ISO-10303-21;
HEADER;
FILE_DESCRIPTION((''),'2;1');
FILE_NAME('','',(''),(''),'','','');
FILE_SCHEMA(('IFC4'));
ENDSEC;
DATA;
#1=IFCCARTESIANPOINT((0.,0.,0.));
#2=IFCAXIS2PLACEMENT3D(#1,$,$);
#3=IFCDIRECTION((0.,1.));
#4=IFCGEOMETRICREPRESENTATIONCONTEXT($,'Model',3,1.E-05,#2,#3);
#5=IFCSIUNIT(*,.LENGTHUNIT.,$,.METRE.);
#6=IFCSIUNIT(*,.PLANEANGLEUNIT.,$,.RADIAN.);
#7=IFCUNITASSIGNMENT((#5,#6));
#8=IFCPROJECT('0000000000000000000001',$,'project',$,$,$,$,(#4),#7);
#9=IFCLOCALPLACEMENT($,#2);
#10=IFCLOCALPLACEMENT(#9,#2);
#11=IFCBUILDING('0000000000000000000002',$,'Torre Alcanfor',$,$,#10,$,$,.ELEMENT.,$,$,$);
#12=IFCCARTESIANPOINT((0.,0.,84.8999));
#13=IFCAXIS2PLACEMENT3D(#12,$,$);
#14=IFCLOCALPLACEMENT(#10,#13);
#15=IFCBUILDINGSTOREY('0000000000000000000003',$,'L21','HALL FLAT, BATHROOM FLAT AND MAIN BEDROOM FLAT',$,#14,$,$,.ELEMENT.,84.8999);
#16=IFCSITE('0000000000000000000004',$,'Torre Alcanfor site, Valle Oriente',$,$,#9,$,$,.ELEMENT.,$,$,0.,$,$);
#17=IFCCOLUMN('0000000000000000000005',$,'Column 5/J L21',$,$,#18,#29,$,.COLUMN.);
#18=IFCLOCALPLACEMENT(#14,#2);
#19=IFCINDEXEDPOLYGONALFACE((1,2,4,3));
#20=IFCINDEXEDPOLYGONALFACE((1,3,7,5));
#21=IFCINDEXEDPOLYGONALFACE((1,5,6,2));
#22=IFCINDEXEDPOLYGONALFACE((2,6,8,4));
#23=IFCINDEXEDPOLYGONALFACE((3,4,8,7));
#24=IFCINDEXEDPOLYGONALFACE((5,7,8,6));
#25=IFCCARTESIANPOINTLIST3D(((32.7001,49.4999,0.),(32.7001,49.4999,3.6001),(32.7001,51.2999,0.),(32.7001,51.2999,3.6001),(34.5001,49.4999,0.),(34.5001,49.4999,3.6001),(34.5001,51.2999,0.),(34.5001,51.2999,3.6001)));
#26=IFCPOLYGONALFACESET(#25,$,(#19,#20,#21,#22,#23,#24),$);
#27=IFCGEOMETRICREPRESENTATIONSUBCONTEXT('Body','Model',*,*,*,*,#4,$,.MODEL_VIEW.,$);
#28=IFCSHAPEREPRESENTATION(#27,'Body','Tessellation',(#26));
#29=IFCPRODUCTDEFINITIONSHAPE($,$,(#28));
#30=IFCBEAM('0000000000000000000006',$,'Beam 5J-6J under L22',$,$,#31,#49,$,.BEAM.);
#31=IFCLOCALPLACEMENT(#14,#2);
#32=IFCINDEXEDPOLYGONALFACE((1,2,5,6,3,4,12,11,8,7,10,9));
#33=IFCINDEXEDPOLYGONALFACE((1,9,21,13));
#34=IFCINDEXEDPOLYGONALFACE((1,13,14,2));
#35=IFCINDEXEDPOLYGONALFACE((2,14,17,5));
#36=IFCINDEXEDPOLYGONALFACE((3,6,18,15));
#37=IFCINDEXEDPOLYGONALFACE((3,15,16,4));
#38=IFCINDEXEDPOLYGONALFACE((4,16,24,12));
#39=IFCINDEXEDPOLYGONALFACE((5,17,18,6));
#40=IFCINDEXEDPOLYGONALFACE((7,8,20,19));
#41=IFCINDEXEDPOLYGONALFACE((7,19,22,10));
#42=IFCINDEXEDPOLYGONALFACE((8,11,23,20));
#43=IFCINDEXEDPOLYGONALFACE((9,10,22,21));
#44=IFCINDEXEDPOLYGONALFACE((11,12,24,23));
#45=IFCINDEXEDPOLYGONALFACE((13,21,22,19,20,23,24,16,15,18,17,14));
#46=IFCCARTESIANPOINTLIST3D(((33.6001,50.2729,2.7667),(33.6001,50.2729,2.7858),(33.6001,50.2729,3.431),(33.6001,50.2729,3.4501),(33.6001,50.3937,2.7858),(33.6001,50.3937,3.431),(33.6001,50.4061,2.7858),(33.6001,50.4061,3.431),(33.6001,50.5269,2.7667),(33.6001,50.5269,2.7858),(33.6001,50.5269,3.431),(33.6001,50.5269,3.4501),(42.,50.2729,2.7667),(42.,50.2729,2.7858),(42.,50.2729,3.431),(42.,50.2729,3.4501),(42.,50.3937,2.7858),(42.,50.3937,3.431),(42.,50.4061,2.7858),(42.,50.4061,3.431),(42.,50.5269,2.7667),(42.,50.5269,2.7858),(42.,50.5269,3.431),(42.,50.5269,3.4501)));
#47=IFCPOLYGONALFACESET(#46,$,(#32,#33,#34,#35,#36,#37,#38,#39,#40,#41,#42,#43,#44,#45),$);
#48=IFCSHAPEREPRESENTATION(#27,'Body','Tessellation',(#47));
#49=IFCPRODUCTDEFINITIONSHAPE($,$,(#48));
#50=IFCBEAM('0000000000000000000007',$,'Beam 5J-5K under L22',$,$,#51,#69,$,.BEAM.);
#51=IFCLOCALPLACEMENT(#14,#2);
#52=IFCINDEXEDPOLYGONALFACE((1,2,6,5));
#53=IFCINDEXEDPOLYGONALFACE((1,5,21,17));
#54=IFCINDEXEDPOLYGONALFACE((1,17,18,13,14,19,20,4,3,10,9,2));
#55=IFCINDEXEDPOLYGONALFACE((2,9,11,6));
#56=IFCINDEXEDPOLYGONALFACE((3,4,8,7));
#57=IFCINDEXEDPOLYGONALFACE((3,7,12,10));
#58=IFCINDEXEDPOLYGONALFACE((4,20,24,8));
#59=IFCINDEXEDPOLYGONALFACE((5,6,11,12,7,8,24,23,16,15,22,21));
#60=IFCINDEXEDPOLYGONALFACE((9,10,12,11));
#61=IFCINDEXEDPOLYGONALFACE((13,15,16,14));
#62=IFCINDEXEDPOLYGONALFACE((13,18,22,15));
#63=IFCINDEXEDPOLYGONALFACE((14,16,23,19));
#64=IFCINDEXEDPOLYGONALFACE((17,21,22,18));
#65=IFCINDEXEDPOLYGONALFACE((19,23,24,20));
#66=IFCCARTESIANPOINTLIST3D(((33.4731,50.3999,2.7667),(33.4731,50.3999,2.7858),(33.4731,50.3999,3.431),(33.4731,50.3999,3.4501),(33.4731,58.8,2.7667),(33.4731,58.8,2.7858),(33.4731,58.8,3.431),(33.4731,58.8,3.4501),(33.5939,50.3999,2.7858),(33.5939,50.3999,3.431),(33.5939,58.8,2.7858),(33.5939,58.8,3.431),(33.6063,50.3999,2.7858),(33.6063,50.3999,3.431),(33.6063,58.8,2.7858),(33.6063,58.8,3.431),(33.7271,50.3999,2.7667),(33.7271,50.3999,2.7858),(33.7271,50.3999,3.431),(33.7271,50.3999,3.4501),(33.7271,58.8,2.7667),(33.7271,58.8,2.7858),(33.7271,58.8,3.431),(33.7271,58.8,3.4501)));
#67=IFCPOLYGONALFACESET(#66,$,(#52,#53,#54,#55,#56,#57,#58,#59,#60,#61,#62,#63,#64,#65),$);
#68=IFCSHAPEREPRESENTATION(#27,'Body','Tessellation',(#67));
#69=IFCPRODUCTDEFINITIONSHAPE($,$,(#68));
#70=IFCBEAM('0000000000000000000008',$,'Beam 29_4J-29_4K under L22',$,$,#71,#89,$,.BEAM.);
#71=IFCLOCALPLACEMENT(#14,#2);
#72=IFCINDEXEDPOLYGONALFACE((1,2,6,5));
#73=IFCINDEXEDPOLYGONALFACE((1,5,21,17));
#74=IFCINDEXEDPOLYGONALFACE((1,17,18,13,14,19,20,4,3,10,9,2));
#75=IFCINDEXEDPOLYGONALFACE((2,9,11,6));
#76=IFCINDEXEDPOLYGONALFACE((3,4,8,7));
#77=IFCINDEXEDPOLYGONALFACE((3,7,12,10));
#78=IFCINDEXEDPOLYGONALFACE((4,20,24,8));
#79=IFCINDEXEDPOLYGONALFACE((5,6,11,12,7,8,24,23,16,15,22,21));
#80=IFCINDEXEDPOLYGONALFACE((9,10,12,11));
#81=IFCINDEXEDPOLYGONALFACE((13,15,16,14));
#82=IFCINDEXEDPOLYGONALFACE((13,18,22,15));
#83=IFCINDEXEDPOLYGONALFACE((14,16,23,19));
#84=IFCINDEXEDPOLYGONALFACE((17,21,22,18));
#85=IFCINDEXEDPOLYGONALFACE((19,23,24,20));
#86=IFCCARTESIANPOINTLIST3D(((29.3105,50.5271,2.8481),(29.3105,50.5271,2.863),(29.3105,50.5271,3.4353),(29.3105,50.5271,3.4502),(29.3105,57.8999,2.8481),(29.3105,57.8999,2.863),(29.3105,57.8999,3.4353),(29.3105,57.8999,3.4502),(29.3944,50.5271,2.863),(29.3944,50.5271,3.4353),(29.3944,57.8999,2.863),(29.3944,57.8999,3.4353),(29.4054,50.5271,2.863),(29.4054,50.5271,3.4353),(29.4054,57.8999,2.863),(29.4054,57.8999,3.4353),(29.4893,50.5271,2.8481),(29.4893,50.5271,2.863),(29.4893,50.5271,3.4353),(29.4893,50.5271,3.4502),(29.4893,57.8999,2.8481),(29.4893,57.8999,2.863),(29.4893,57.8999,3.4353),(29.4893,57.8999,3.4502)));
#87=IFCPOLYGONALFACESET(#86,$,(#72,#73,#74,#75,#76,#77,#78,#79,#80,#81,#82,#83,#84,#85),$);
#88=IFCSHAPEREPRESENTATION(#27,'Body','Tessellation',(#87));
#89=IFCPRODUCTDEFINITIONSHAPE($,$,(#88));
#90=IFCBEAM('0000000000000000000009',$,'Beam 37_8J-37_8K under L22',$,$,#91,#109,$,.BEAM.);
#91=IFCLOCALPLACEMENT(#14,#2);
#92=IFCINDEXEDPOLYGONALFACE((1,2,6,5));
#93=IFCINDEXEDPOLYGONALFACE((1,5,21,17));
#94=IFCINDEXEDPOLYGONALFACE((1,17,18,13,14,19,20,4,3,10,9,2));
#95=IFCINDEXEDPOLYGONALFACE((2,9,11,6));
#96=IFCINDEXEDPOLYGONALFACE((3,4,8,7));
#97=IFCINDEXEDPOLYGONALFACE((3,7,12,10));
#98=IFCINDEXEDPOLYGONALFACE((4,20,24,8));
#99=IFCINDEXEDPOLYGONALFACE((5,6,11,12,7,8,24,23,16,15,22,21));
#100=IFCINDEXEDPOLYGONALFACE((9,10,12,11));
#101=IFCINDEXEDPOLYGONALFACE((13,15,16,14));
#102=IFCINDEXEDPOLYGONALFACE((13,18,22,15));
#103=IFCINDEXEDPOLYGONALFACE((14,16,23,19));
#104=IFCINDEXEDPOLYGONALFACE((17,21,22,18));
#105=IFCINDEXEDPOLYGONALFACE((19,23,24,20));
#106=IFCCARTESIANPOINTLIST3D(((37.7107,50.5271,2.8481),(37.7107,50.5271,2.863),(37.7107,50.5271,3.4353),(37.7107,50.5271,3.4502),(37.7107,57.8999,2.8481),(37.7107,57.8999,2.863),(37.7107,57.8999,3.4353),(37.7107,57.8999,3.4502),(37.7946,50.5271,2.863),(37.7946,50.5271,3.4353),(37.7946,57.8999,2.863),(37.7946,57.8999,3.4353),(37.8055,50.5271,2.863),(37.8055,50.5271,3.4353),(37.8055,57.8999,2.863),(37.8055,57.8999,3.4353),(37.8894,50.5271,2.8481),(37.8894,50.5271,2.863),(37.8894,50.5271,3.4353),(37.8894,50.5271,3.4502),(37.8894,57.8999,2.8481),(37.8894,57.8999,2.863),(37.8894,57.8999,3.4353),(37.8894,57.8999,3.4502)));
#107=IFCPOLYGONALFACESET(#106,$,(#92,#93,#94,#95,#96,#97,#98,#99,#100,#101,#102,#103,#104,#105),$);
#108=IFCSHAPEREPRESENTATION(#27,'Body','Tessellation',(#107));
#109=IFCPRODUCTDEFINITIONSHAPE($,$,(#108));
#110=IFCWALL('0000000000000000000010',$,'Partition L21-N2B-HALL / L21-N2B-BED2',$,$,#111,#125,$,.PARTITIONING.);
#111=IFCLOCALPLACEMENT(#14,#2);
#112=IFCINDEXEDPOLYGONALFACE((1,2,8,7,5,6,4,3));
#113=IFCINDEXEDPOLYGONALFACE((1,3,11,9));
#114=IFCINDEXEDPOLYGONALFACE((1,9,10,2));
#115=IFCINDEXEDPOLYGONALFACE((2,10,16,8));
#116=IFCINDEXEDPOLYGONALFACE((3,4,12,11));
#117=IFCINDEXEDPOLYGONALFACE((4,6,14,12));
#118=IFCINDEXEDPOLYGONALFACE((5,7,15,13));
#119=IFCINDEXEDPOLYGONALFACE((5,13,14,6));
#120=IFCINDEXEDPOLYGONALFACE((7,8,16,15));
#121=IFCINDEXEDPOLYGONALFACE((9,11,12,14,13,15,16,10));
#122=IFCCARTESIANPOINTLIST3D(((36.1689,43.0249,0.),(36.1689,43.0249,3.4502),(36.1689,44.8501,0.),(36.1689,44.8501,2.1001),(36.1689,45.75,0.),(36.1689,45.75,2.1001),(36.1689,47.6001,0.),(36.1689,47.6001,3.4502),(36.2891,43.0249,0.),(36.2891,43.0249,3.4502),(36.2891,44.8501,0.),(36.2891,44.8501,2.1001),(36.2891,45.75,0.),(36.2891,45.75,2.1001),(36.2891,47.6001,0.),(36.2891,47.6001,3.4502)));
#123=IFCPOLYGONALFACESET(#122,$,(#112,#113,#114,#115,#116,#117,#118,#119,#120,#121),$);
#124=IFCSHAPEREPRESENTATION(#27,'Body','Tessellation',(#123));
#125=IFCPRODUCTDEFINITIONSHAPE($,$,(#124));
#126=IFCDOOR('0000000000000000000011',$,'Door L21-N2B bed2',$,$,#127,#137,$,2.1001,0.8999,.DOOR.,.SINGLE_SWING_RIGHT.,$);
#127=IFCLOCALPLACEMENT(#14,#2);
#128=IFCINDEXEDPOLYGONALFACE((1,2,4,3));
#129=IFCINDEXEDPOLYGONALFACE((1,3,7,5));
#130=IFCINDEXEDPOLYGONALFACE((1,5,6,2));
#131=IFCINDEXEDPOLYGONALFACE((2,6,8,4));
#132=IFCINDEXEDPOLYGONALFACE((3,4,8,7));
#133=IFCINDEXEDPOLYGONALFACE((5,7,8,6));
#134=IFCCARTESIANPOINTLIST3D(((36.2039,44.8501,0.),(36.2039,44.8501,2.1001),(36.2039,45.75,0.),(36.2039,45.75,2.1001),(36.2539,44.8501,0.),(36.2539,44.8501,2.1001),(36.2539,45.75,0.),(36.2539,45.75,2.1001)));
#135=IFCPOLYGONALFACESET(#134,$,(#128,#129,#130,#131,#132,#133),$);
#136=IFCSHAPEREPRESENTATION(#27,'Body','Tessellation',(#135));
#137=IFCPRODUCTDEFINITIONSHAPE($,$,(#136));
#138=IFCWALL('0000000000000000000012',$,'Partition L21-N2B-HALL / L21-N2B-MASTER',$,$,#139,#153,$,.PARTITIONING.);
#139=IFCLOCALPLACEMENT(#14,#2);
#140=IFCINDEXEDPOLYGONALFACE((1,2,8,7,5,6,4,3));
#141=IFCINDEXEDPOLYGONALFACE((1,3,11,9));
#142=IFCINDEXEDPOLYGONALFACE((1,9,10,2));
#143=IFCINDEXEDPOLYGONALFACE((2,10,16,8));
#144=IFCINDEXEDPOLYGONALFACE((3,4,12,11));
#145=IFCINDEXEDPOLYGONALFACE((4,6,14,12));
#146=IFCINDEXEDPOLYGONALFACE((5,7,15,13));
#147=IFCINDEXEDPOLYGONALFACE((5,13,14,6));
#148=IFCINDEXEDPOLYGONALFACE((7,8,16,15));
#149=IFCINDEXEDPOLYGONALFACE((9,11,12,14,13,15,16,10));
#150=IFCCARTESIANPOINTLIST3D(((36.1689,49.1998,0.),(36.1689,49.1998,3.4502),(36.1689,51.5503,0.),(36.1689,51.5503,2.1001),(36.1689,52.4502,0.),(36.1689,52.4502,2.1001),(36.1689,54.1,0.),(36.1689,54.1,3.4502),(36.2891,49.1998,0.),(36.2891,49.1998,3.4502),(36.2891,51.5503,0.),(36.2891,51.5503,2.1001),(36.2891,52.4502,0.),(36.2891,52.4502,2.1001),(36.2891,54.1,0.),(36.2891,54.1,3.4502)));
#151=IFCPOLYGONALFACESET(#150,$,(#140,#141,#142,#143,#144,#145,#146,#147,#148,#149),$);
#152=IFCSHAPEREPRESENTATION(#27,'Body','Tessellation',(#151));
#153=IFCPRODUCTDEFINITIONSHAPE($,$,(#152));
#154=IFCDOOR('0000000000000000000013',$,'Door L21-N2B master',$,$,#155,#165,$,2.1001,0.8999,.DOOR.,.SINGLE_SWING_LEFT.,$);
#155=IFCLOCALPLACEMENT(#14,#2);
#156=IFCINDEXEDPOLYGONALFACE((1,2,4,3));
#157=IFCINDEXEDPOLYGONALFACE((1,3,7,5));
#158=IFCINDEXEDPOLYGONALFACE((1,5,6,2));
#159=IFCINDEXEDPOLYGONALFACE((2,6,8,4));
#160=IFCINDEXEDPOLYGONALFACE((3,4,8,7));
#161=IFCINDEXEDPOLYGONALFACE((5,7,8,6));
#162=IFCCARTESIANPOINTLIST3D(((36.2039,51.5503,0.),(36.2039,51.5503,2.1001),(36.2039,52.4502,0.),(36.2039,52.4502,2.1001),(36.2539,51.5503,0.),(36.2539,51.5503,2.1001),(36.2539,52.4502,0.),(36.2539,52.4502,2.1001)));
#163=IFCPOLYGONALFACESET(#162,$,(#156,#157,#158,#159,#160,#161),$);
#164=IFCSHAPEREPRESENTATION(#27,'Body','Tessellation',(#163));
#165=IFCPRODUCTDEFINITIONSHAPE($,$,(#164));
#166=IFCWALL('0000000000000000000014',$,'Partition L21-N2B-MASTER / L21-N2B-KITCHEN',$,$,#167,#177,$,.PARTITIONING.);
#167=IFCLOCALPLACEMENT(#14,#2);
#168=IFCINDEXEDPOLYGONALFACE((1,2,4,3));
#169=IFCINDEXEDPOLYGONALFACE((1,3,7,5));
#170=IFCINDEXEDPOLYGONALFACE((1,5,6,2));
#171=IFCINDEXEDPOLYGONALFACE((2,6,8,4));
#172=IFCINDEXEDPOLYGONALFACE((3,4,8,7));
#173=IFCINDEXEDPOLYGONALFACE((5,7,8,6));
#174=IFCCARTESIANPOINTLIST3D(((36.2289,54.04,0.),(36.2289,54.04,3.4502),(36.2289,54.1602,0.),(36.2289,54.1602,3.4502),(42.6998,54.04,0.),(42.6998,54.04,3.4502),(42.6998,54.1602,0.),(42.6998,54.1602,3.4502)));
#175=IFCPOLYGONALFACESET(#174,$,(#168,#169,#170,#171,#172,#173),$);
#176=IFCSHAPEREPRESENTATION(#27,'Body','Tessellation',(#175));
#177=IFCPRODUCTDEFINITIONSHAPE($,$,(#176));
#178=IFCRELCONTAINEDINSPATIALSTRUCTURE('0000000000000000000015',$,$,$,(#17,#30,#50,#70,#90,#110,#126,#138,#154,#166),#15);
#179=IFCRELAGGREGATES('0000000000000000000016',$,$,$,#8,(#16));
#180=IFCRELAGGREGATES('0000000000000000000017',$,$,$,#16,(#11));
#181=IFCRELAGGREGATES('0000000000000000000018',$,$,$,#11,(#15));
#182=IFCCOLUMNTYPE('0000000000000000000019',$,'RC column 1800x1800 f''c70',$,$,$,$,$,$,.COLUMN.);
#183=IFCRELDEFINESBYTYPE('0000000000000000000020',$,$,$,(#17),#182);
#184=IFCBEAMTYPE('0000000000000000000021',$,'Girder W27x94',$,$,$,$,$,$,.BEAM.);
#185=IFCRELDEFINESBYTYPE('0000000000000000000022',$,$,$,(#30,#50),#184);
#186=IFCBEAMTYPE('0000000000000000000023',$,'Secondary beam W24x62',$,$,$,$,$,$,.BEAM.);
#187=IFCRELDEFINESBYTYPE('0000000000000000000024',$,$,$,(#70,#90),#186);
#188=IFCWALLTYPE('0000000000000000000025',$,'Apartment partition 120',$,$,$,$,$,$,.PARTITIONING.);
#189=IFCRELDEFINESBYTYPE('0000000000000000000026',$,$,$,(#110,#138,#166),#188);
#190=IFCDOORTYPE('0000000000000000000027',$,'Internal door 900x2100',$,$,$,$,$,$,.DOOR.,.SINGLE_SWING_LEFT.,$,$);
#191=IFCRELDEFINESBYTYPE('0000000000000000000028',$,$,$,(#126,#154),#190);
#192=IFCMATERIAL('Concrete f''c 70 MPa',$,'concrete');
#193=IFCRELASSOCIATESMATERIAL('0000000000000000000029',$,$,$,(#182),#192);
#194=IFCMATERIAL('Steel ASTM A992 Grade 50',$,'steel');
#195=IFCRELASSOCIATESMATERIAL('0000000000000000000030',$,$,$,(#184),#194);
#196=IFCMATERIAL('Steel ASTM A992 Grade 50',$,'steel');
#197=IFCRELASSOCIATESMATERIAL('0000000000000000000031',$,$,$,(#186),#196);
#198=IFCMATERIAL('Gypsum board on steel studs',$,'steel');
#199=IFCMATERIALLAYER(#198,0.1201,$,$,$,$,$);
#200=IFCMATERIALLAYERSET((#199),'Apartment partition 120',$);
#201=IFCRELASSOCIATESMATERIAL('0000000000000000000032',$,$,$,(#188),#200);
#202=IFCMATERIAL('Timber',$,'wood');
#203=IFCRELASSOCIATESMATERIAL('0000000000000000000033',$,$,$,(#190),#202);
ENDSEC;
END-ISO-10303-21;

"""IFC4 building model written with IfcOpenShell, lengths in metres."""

from ifc_helpers import new_model, si_unit, direction, frame, frame_2d, origin, origin_2d, place, context, subcontext, project, spatial, rectangle, i_section, extrude, material, layer, layer_set, material_profile, profile_set, type_object, element, fill, save


model = new_model("IFC4")

# Units and contexts
model_context = context("Model", 3, precision=1e-05, world=origin(), true_north=direction((0.0, 1.0)))
body_context = subcontext(model_context, "Body", "Model", "MODEL_VIEW")
ifc_project = project(units=[si_unit("LENGTHUNIT", "METRE"), si_unit("PLANEANGLEUNIT", "RADIAN")], contexts=[model_context])

# Site, building, storey
site_placement = place(None, origin())
site = spatial("IfcSite", under=ifc_project, at=site_placement, Name="Torre Alcanfor site, Valle Oriente", CompositionType="ELEMENT", RefElevation=0.0)
building_placement = place(site_placement, origin())
building = spatial("IfcBuilding", under=site, at=building_placement, Name="Torre Alcanfor", CompositionType="ELEMENT")
storey_placement = place(building_placement, frame((0.0, 0.0, 84.8999)))
storey = spatial("IfcBuildingStorey", under=building, at=storey_placement, Name="L21", Description="HALL FLAT, BATHROOM FLAT AND MAIN BEDROOM FLAT", CompositionType="ELEMENT", Elevation=84.8999)

# Column
ifc_material_1 = material(Name="Concrete f'c 70 MPa", Category="concrete")
ifc_material_profile_1 = material_profile(ifc_material_1, rectangle(XDim=1.8, YDim=1.8, at=origin_2d()), Name="1800x1800")
ifc_profile_set_1 = profile_set([ifc_material_profile_1], Name="Concrete f'c 70 MPa")
column_type = type_object("IfcColumnType", Name="RC column 1800x1800 f'c70", PredefinedType="COLUMN", material=ifc_profile_set_1)
column_placement = place(storey_placement, frame((33.6001, 50.3999, 0.0), z_axis=(0.0, 0.0, 1.0), x_axis=(1.0, 0.0, 0.0)))
element("IfcColumn", 1, at=column_placement, inside=storey, type_object=column_type, Name="Column 5/J L21", PredefinedType="COLUMN", context=body_context, shape_type="SweptSolid", body=[
    extrude(rectangle(XDim=1.8, YDim=1.8, at=origin_2d()), origin(), (0.0, 0.0, 1.0), 3.6001),
])

# Beams
ifc_material_2 = material(Name="Steel ASTM A992 Grade 50", Category="steel")
ifc_material_profile_2 = material_profile(ifc_material_2, i_section(OverallWidth=0.2539, OverallDepth=0.6833, WebThickness=0.0125, FlangeThickness=0.019, at=origin_2d()), Name="W27x94")
ifc_profile_set_2 = profile_set([ifc_material_profile_2], Name="Steel ASTM A992 Grade 50")
beam_type_1 = type_object("IfcBeamType", Name="Girder W27x94", PredefinedType="BEAM", material=ifc_profile_set_2)
beam_1_placement = place(storey_placement, frame((33.6001, 50.3999, 3.1084), z_axis=(1.0, 0.0, 0.0), x_axis=(0.0, 1.0, 0.0)))
element("IfcBeam", 2, at=beam_1_placement, inside=storey, type_object=beam_type_1, Name="Beam 5J-6J under L22", PredefinedType="BEAM", context=body_context, shape_type="SweptSolid", body=[
    extrude(i_section(OverallWidth=0.2539, OverallDepth=0.6833, WebThickness=0.0125, FlangeThickness=0.019, at=origin_2d()), origin(), (0.0, 0.0, 1.0), 8.3999),
])
beam_2_placement = place(storey_placement, frame((33.6001, 50.3999, 3.1084), z_axis=(0.0, 1.0, 0.0), x_axis=(-1.0, 0.0, 0.0)))
element("IfcBeam", 3, at=beam_2_placement, inside=storey, type_object=beam_type_1, Name="Beam 5J-5K under L22", PredefinedType="BEAM", context=body_context, shape_type="SweptSolid", body=[
    extrude(i_section(OverallWidth=0.2539, OverallDepth=0.6833, WebThickness=0.0125, FlangeThickness=0.019, at=origin_2d()), origin(), (0.0, 0.0, 1.0), 8.4001),
])
ifc_material_3 = material(Name="Steel ASTM A992 Grade 50", Category="steel")
ifc_material_profile_3 = material_profile(ifc_material_3, i_section(OverallWidth=0.1787, OverallDepth=0.6021, WebThickness=0.011, FlangeThickness=0.0149, at=origin_2d()), Name="W24x62")
ifc_profile_set_3 = profile_set([ifc_material_profile_3], Name="Steel ASTM A992 Grade 50")
beam_type_2 = type_object("IfcBeamType", Name="Secondary beam W24x62", PredefinedType="BEAM", material=ifc_profile_set_3)
for number, where, z_axis, x_axis, name in (
    (4, (29.3999, 50.5271, 3.1492), (0.0, 1.0, 0.0), (-1.0, 0.0, 0.0), "Beam 29_4J-29_4K under L22"),
    (5, (37.8, 50.5271, 3.1492), (0.0, 1.0, 0.0), (-1.0, 0.0, 0.0), "Beam 37_8J-37_8K under L22"),
):
    element("IfcBeam", number, at=place(storey_placement, frame(where, z_axis=z_axis, x_axis=x_axis)), inside=storey, type_object=beam_type_2, Name=name, PredefinedType="BEAM", context=body_context, shape_type="SweptSolid", body=[
        extrude(i_section(OverallWidth=0.1787, OverallDepth=0.6021, WebThickness=0.011, FlangeThickness=0.0149, at=origin_2d()), origin(), (0.0, 0.0, 1.0), 7.3728),
    ])

# Walls, openings, doors
ifc_material_4 = material(Name="Gypsum board on steel studs", Category="steel")
ifc_layer_1 = layer(ifc_material_4, 0.1201)
ifc_layer_set_1 = layer_set([ifc_layer_1], Name="Apartment partition 120")
wall_type_1 = type_object("IfcWallType", Name="Apartment partition 120", PredefinedType="PARTITIONING", material=ifc_layer_set_1)
wall_1_placement = place(storey_placement, frame((36.229, 47.6001, 0.0), z_axis=(0.0, 0.0, 1.0), x_axis=(0.0, -1.0, 0.0)))
wall_1 = element("IfcWall", 6, at=wall_1_placement, inside=storey, type_object=wall_type_1, Name="Partition L21-N2B-HALL / L21-N2B-BED2", PredefinedType="PARTITIONING", context=body_context, shape_type="SweptSolid", body=[
    extrude(rectangle(XDim=4.5752, YDim=0.1201, at=frame_2d((2.2876, 0.0))), origin(), (0.0, 0.0, 1.0), 3.4502),
])
opening_1_placement = place(wall_1_placement, frame((1.8501, 0.0, 0.0)))
opening_1 = element("IfcOpeningElement", 7, at=opening_1_placement, cuts=wall_1, PredefinedType="OPENING", context=body_context, shape_type="SweptSolid", body=[
    extrude(rectangle(XDim=0.8999, YDim=2.1001, at=frame_2d((0.45, 1.05))), frame((0.0, 0.0701, 0.0), z_axis=(0.0, -1.0, 0.0), x_axis=(1.0, 0.0, 0.0)), (0.0, 0.0, 1.0), 0.1401),
])
ifc_material_5 = material(Name="Timber", Category="wood")
door_type_1 = type_object("IfcDoorType", Name="Internal door 900x2100", OperationType="SINGLE_SWING_LEFT", PredefinedType="DOOR", material=ifc_material_5)
door_1_placement = place(opening_1_placement, origin())
door_1 = element("IfcDoor", 8, at=door_1_placement, inside=storey, type_object=door_type_1, Name="Door L21-N2B bed2", OperationType="SINGLE_SWING_RIGHT", OverallHeight=2.1001, OverallWidth=0.8999, PredefinedType="DOOR", context=body_context, shape_type="SweptSolid", body=[
    extrude(rectangle(XDim=0.8999, YDim=2.1001, at=frame_2d((0.45, 1.05))), frame((0.0, 0.0249, 0.0), z_axis=(0.0, -1.0, 0.0), x_axis=(1.0, 0.0, 0.0)), (0.0, 0.0, 1.0), 0.05),
])
fill(opening_1, door_1)
wall_2_placement = place(storey_placement, frame((36.229, 54.1001, 0.0), z_axis=(0.0, 0.0, 1.0), x_axis=(0.0, -1.0, 0.0)))
wall_2 = element("IfcWall", 9, at=wall_2_placement, inside=storey, type_object=wall_type_1, Name="Partition L21-N2B-HALL / L21-N2B-MASTER", PredefinedType="PARTITIONING", context=body_context, shape_type="SweptSolid", body=[
    extrude(rectangle(XDim=4.9001, YDim=0.1201, at=frame_2d((2.4502, 0.0))), origin(), (0.0, 0.0, 1.0), 3.4502),
])
opening_2_placement = place(wall_2_placement, frame((1.6499, 0.0, 0.0)))
opening_2 = element("IfcOpeningElement", 10, at=opening_2_placement, cuts=wall_2, PredefinedType="OPENING", context=body_context, shape_type="SweptSolid", body=[
    extrude(rectangle(XDim=0.8999, YDim=2.1001, at=frame_2d((0.45, 1.05))), frame((0.0, 0.0701, 0.0), z_axis=(0.0, -1.0, 0.0), x_axis=(1.0, 0.0, 0.0)), (0.0, 0.0, 1.0), 0.1401),
])
door_2_placement = place(opening_2_placement, origin())
door_2 = element("IfcDoor", 11, at=door_2_placement, inside=storey, type_object=door_type_1, Name="Door L21-N2B master", OperationType="SINGLE_SWING_LEFT", OverallHeight=2.1001, OverallWidth=0.8999, PredefinedType="DOOR", context=body_context, shape_type="SweptSolid", body=[
    extrude(rectangle(XDim=0.8999, YDim=2.1001, at=frame_2d((0.45, 1.05))), frame((0.0, 0.0249, 0.0), z_axis=(0.0, -1.0, 0.0), x_axis=(1.0, 0.0, 0.0)), (0.0, 0.0, 1.0), 0.05),
])
fill(opening_2, door_2)

# Wall
wall_3_placement = place(storey_placement, frame((36.229, 54.1001, 0.0), z_axis=(0.0, 0.0, 1.0), x_axis=(1.0, 0.0, 0.0)))
element("IfcWall", 12, at=wall_3_placement, inside=storey, type_object=wall_type_1, Name="Partition L21-N2B-MASTER / L21-N2B-KITCHEN", PredefinedType="PARTITIONING", context=body_context, shape_type="SweptSolid", body=[
    extrude(rectangle(XDim=6.4709, YDim=0.1201, at=frame_2d((3.2354, 0.0))), origin(), (0.0, 0.0, 1.0), 3.4502),
])

save(model, "model.ifc")
